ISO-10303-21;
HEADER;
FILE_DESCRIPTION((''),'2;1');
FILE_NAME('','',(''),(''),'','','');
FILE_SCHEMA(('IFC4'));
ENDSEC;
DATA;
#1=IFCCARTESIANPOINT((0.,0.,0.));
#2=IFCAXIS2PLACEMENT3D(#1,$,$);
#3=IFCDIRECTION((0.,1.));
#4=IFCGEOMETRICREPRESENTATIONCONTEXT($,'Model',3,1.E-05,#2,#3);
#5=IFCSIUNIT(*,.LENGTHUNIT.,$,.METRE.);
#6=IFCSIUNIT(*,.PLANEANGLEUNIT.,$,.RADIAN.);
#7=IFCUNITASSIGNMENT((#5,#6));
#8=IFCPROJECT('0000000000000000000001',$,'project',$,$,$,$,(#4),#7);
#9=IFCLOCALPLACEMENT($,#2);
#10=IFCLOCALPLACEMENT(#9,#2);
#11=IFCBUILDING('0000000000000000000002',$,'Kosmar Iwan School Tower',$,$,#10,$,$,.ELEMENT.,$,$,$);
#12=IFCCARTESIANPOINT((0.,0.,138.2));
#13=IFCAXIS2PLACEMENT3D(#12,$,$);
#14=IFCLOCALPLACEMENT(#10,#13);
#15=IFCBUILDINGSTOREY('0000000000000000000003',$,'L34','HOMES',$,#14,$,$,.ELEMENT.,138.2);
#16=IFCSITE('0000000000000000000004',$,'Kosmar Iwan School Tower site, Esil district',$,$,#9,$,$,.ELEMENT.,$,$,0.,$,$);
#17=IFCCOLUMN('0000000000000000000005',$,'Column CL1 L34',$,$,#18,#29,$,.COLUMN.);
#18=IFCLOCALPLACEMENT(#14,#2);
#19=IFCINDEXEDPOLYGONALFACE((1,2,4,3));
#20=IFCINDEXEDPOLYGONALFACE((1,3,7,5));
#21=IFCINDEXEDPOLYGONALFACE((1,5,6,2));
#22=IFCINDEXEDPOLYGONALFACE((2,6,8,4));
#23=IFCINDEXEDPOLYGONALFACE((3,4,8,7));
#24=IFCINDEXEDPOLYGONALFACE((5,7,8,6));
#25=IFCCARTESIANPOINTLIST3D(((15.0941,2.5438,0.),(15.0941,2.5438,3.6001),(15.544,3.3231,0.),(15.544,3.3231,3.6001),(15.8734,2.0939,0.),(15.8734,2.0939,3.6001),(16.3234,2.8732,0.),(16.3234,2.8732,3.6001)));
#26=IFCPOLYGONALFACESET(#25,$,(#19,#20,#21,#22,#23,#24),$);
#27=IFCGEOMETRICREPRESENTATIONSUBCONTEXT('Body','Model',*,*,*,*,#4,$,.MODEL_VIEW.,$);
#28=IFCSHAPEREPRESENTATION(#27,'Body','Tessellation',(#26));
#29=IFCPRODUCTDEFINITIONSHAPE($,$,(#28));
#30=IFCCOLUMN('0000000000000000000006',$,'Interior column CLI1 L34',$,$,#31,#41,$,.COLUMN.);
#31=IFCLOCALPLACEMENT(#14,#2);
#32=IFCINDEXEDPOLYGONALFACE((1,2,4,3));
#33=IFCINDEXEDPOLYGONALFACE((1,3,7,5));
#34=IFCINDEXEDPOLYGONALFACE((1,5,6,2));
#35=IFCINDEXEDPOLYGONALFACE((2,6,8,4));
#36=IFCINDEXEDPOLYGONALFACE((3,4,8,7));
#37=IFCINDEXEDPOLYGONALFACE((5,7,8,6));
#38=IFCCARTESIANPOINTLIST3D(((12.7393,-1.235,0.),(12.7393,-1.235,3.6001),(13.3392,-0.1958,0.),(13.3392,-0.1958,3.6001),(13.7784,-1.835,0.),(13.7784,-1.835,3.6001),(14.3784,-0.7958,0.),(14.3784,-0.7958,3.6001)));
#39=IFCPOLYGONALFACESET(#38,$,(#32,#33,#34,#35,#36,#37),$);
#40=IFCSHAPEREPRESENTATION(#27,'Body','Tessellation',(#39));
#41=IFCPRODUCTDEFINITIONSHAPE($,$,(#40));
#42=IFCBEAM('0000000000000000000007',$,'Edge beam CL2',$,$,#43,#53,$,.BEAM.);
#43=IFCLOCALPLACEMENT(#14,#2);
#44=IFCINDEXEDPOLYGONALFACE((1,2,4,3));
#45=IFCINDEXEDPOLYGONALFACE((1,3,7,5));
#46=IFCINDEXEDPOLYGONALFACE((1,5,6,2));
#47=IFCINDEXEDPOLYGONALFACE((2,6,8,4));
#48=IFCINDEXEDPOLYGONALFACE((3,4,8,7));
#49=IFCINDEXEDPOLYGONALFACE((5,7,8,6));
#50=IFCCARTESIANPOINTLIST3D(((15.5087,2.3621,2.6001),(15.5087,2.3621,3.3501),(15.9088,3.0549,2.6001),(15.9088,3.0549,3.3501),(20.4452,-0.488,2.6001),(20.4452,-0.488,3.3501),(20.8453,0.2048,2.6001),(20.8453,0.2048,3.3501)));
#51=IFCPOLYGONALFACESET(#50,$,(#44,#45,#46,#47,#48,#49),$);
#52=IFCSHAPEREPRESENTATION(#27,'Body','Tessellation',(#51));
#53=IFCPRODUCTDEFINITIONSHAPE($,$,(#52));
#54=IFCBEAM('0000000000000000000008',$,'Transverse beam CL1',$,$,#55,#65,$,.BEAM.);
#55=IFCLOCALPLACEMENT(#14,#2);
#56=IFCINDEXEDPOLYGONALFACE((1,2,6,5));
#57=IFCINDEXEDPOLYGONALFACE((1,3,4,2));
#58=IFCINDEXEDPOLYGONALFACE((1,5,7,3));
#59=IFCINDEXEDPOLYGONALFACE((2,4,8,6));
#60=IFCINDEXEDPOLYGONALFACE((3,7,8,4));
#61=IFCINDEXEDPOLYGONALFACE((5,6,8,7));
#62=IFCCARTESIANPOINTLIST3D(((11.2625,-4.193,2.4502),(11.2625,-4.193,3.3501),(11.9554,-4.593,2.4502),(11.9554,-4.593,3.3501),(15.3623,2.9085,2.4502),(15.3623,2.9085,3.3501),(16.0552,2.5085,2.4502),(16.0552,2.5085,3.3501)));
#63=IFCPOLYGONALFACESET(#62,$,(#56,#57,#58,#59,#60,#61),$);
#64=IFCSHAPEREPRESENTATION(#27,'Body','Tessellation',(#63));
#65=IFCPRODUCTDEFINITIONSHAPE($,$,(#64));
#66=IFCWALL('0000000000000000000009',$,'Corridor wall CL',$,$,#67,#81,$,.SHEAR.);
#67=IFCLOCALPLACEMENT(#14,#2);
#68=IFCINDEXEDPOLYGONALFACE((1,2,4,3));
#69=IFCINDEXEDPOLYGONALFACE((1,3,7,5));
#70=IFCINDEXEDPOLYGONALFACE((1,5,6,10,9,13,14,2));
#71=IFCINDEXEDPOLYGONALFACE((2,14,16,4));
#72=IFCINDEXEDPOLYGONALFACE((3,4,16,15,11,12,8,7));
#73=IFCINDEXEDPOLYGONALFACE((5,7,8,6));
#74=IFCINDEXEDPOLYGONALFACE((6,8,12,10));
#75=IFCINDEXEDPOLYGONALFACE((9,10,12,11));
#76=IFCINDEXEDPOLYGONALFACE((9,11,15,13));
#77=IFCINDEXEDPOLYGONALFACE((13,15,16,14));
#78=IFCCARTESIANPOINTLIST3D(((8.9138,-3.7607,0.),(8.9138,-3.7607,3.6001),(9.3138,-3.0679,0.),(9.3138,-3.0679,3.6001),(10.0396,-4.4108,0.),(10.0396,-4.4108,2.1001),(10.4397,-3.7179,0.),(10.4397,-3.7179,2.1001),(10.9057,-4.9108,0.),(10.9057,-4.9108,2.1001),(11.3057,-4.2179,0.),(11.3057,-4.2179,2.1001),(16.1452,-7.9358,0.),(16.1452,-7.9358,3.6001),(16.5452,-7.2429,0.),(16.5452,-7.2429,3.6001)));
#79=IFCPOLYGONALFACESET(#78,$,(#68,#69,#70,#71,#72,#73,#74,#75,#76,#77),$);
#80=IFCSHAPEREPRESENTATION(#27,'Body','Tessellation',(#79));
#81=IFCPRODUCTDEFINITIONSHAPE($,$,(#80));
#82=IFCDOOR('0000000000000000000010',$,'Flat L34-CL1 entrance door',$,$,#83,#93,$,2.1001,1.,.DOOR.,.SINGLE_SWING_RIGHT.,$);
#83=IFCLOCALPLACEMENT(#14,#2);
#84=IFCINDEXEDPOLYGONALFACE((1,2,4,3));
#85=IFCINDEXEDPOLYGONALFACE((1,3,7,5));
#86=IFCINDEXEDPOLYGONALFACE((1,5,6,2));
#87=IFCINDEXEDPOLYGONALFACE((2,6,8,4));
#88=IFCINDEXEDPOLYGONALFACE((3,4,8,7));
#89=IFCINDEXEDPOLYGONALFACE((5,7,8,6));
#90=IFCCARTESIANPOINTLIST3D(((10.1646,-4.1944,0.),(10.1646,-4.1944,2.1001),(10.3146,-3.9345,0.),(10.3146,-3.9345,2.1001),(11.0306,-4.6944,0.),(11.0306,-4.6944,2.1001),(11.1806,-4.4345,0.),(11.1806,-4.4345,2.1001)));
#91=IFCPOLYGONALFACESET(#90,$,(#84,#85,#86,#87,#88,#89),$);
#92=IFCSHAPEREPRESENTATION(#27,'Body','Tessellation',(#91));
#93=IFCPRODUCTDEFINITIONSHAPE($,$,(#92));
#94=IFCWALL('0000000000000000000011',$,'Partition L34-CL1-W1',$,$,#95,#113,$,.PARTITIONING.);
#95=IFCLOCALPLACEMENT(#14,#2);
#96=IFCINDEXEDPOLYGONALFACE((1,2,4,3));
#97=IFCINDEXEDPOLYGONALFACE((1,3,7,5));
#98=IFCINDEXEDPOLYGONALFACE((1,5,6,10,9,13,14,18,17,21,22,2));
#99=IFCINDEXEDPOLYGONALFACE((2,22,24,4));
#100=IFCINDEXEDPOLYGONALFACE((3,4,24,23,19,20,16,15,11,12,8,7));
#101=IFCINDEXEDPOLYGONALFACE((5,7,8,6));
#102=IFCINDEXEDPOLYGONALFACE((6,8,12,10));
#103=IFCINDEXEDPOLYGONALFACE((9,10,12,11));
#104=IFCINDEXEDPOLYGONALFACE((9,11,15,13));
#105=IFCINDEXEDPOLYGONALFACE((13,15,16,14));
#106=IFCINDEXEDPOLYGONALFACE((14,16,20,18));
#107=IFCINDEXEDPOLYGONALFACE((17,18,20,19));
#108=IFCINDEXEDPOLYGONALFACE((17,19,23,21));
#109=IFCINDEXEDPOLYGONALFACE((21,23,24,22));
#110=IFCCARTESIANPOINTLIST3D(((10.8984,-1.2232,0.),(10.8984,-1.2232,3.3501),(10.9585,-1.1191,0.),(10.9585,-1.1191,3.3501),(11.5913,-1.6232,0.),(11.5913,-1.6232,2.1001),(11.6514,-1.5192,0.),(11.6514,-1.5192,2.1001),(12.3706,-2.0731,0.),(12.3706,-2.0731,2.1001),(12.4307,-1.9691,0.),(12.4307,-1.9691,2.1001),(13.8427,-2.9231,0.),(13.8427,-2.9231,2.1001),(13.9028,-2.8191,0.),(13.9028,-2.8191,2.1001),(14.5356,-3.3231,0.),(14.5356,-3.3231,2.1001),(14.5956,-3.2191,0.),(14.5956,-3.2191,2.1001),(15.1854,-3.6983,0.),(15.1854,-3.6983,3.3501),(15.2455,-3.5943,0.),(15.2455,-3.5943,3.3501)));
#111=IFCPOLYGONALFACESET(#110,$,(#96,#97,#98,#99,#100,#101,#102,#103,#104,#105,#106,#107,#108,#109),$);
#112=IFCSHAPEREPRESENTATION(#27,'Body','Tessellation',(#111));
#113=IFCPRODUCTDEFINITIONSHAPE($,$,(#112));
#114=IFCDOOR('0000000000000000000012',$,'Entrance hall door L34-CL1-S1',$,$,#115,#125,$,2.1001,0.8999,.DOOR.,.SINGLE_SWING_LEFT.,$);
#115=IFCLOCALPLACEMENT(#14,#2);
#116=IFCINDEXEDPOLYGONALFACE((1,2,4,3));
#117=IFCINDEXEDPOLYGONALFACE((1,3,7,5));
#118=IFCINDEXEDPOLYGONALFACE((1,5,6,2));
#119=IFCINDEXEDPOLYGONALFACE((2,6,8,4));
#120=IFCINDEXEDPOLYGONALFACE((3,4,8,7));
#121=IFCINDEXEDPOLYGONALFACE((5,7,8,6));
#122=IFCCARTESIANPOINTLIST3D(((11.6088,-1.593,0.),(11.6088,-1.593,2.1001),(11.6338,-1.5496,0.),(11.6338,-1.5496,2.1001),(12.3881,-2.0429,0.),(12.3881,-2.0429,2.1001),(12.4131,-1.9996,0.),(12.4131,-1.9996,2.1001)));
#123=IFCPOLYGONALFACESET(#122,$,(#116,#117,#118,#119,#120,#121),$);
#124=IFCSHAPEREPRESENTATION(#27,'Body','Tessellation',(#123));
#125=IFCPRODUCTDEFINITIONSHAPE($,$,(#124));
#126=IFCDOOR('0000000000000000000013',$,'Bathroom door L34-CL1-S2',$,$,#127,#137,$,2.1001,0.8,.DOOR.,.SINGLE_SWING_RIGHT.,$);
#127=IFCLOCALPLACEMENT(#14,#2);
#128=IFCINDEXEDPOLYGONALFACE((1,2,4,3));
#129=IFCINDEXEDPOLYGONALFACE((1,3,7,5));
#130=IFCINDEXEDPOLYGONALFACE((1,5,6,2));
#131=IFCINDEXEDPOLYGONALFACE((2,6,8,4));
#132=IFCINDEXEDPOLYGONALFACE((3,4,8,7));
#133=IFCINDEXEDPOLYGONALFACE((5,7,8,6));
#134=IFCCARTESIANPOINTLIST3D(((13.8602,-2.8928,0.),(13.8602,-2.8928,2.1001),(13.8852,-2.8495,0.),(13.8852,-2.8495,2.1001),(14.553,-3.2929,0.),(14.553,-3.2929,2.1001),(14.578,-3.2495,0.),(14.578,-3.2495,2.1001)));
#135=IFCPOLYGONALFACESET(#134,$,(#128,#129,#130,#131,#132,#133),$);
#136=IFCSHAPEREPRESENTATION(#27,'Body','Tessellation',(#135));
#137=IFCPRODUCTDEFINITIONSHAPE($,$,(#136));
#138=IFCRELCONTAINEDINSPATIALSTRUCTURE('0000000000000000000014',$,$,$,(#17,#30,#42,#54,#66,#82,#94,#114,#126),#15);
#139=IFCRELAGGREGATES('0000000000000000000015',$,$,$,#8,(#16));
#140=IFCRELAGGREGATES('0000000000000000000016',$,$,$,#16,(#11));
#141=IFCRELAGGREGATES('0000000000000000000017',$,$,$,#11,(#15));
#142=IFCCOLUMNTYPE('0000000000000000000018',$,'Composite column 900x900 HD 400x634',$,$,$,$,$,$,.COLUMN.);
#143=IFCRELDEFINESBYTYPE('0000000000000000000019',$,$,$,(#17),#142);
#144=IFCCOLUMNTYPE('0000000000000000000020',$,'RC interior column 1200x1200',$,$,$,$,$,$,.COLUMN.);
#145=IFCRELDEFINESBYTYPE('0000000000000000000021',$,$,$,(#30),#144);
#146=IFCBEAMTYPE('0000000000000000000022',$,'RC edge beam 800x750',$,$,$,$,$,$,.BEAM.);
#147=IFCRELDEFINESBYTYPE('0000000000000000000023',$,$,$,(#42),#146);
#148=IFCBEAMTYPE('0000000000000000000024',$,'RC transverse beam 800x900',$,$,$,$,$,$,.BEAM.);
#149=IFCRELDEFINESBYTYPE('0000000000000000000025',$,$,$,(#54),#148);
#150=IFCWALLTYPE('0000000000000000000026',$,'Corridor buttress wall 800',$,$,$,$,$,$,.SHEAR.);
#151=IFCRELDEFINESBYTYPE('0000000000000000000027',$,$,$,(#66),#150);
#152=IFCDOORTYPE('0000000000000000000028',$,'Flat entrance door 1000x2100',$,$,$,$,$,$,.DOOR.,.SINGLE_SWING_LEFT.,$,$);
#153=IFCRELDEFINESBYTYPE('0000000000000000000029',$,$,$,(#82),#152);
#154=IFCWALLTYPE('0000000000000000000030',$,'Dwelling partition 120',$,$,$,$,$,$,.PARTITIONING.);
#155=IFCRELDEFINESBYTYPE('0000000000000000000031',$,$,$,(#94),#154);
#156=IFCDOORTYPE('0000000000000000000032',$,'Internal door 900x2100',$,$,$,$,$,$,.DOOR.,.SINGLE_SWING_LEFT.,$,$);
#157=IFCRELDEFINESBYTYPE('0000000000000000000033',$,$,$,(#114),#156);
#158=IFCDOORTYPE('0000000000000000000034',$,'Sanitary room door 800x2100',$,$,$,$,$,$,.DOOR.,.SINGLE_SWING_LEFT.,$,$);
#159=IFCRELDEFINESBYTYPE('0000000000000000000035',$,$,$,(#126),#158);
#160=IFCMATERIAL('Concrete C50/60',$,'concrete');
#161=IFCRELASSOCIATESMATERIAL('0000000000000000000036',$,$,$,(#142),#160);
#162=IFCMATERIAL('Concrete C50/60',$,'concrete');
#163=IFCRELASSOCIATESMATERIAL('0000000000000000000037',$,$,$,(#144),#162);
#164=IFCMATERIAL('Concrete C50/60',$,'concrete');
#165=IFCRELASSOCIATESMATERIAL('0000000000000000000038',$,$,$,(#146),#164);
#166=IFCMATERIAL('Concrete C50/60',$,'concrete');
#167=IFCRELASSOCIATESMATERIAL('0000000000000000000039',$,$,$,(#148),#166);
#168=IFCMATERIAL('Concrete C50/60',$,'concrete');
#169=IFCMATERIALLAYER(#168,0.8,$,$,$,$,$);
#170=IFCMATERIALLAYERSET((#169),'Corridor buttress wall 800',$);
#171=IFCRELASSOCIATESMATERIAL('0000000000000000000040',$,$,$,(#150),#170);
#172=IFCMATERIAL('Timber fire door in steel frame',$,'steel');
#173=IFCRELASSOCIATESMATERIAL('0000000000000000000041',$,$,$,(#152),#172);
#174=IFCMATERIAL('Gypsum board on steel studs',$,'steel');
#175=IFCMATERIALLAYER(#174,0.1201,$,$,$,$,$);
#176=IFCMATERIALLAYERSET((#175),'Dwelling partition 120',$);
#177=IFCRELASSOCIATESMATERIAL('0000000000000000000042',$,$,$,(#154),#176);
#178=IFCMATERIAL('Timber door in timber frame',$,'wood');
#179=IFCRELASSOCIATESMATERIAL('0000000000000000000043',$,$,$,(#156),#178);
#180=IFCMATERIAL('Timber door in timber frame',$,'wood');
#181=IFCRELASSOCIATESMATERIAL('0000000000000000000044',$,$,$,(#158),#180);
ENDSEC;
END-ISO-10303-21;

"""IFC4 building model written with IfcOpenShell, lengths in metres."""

from ifc_helpers import new_model, si_unit, direction, frame, frame_2d, origin, origin_2d, place, context, subcontext, project, spatial, rectangle, extrude, material, layer, layer_set, material_profile, profile_set, type_object, element, fill, save


model = new_model("IFC4")

# Units and contexts
model_context = context("Model", 3, precision=1e-05, world=origin(), true_north=direction((0.0, 1.0)))
body_context = subcontext(model_context, "Body", "Model", "MODEL_VIEW")
ifc_project = project(units=[si_unit("LENGTHUNIT", "METRE"), si_unit("PLANEANGLEUNIT", "RADIAN")], contexts=[model_context])

# Site, building, storey
site_placement = place(None, origin())
site = spatial("IfcSite", under=ifc_project, at=site_placement, Name="Kosmar Iwan School Tower site, Esil district", CompositionType="ELEMENT", RefElevation=0.0)
building_placement = place(site_placement, origin())
building = spatial("IfcBuilding", under=site, at=building_placement, Name="Kosmar Iwan School Tower", CompositionType="ELEMENT")
storey_placement = place(building_placement, frame((0.0, 0.0, 138.2)))
storey = spatial("IfcBuildingStorey", under=building, at=storey_placement, Name="L34", Description="HOMES", CompositionType="ELEMENT", Elevation=138.2)

# Columns
ifc_material_1 = material(Name="Concrete C50/60", Category="concrete")
ifc_material_profile_1 = material_profile(ifc_material_1, rectangle(XDim=0.8999, YDim=0.8999, at=origin_2d()), Name="RC 900x900 + HD 400x634")
ifc_profile_set_1 = profile_set([ifc_material_profile_1], Name="Concrete C50/60")
column_type_1 = type_object("IfcColumnType", Name="Composite column 900x900 HD 400x634", PredefinedType="COLUMN", material=ifc_profile_set_1)
column_1_placement = place(storey_placement, frame((15.7087, 2.7085, 0.0), z_axis=(0.0, 0.0, 1.0), x_axis=(0.866025, -0.5, 0.0)))
element("IfcColumn", 1, at=column_1_placement, inside=storey, type_object=column_type_1, Name="Column CL1 L34", PredefinedType="COLUMN", context=body_context, shape_type="SweptSolid", body=[
    extrude(rectangle(XDim=0.8999, YDim=0.8999, at=origin_2d()), origin(), (0.0, 0.0, 1.0), 3.6001),
])
ifc_material_2 = material(Name="Concrete C50/60", Category="concrete")
ifc_material_profile_2 = material_profile(ifc_material_2, rectangle(XDim=1.2, YDim=1.2, at=origin_2d()), Name="RC 1200x1200")
ifc_profile_set_2 = profile_set([ifc_material_profile_2], Name="Concrete C50/60")
column_type_2 = type_object("IfcColumnType", Name="RC interior column 1200x1200", PredefinedType="COLUMN", material=ifc_profile_set_2)
column_2_placement = place(storey_placement, frame((13.5588, -1.0154, 0.0), z_axis=(0.0, 0.0, 1.0), x_axis=(0.866025, -0.5, 0.0)))
element("IfcColumn", 2, at=column_2_placement, inside=storey, type_object=column_type_2, Name="Interior column CLI1 L34", PredefinedType="COLUMN", context=body_context, shape_type="SweptSolid", body=[
    extrude(rectangle(XDim=1.2, YDim=1.2, at=origin_2d()), origin(), (0.0, 0.0, 1.0), 3.6001),
])

# Beams
ifc_material_3 = material(Name="Concrete C50/60", Category="concrete")
ifc_material_profile_3 = material_profile(ifc_material_3, rectangle(XDim=0.8, YDim=0.75, at=origin_2d()), Name="RC 800x750")
ifc_profile_set_3 = profile_set([ifc_material_profile_3], Name="Concrete C50/60")
beam_type_1 = type_object("IfcBeamType", Name="RC edge beam 800x750", PredefinedType="BEAM", material=ifc_profile_set_3)
beam_1_placement = place(storey_placement, frame((15.7087, 2.7085, 2.9751), z_axis=(0.866026, -0.499999, 0.0), x_axis=(0.499999, 0.866026, 0.0)))
element("IfcBeam", 3, at=beam_1_placement, inside=storey, type_object=beam_type_1, Name="Edge beam CL2", PredefinedType="BEAM", context=body_context, shape_type="SweptSolid", body=[
    extrude(rectangle(XDim=0.8, YDim=0.75, at=origin_2d()), origin(), (0.0, 0.0, 1.0), 5.7002),
])
ifc_material_4 = material(Name="Concrete C50/60", Category="concrete")
ifc_material_profile_4 = material_profile(ifc_material_4, rectangle(XDim=0.8, YDim=0.8999, at=origin_2d()), Name="RC 800x900")
ifc_profile_set_4 = profile_set([ifc_material_profile_4], Name="Concrete C50/60")
beam_type_2 = type_object("IfcBeamType", Name="RC transverse beam 800x900", PredefinedType="BEAM", material=ifc_profile_set_4)
beam_2_placement = place(storey_placement, frame((15.7087, 2.7085, 2.9001), z_axis=(-0.499978, -0.866038, 0.0), x_axis=(0.866038, -0.499978, 0.0)))
element("IfcBeam", 4, at=beam_2_placement, inside=storey, type_object=beam_type_2, Name="Transverse beam CL1", PredefinedType="BEAM", context=body_context, shape_type="SweptSolid", body=[
    extrude(rectangle(XDim=0.8, YDim=0.8999, at=origin_2d()), origin(), (0.0, 0.0, 1.0), 8.2),
])

# Wall, opening, door
ifc_material_5 = material(Name="Concrete C50/60", Category="concrete")
ifc_layer_1 = layer(ifc_material_5, 0.8)
ifc_layer_set_1 = layer_set([ifc_layer_1], Name="Corridor buttress wall 800")
wall_type_1 = type_object("IfcWallType", Name="Corridor buttress wall 800", PredefinedType="SHEAR", material=ifc_layer_set_1)
wall_1_placement = place(storey_placement, frame((9.1138, -3.4143, 0.0), z_axis=(0.0, 0.0, 1.0), x_axis=(0.866027, -0.499997, 0.0)))
wall_1 = element("IfcWall", 5, at=wall_1_placement, inside=storey, type_object=wall_type_1, Name="Corridor wall CL", PredefinedType="SHEAR", context=body_context, shape_type="SweptSolid", body=[
    extrude(rectangle(XDim=8.3501, YDim=0.8, at=frame_2d((4.175, 0.0))), origin(), (0.0, 0.0, 1.0), 3.6001),
])
opening_1_placement = place(wall_1_placement, frame((1.3, 0.0, 0.0)))
opening_1 = element("IfcOpeningElement", 6, at=opening_1_placement, cuts=wall_1, PredefinedType="OPENING", context=body_context, shape_type="SweptSolid", body=[
    extrude(rectangle(XDim=1.0, YDim=2.1001, at=frame_2d((0.5, 1.05))), frame((0.0, 0.4121, 0.0), z_axis=(0.0, -1.0, 0.0), x_axis=(1.0, 0.0, 0.0)), (0.0, 0.0, 1.0), 0.824),
])
ifc_material_6 = material(Name="Timber fire door in steel frame", Category="steel")
door_type_1 = type_object("IfcDoorType", Name="Flat entrance door 1000x2100", OperationType="SINGLE_SWING_LEFT", PredefinedType="DOOR", material=ifc_material_6)
door_1_placement = place(opening_1_placement, origin())
door_1 = element("IfcDoor", 7, at=door_1_placement, inside=storey, type_object=door_type_1, Name="Flat L34-CL1 entrance door", OperationType="SINGLE_SWING_RIGHT", OverallHeight=2.1001, OverallWidth=1.0, PredefinedType="DOOR", context=body_context, shape_type="SweptSolid", body=[
    extrude(rectangle(XDim=1.0, YDim=2.1001, at=frame_2d((0.5, 1.05))), frame((0.0, 0.1499, 0.0), z_axis=(0.0, -1.0, 0.0), x_axis=(1.0, 0.0, 0.0)), (0.0, 0.0, 1.0), 0.3),
])
fill(opening_1, door_1)

# Wall, openings, doors
ifc_material_7 = material(Name="Gypsum board on steel studs", Category="steel")
ifc_layer_2 = layer(ifc_material_7, 0.1201)
ifc_layer_set_2 = layer_set([ifc_layer_2], Name="Dwelling partition 120")
wall_type_2 = type_object("IfcWallType", Name="Dwelling partition 120", PredefinedType="PARTITIONING", material=ifc_layer_set_2)
wall_2_placement = place(storey_placement, frame((10.9285, -1.1711, 0.0), z_axis=(0.0, 0.0, 1.0), x_axis=(0.866019, -0.500011, 0.0)))
wall_2 = element("IfcWall", 8, at=wall_2_placement, inside=storey, type_object=wall_type_2, Name="Partition L34-CL1-W1", PredefinedType="PARTITIONING", context=body_context, shape_type="SweptSolid", body=[
    extrude(rectangle(XDim=4.9502, YDim=0.1201, at=frame_2d((2.4751, 0.0))), origin(), (0.0, 0.0, 1.0), 3.3501),
])
opening_2_placement = place(wall_2_placement, frame((0.8, 0.0, 0.0)))
opening_2 = element("IfcOpeningElement", 9, at=opening_2_placement, cuts=wall_2, PredefinedType="OPENING", context=body_context, shape_type="SweptSolid", body=[
    extrude(rectangle(XDim=0.8999, YDim=2.1001, at=frame_2d((0.45, 1.05))), frame((0.0, 0.072, 0.0), z_axis=(0.0, -1.0, 0.0), x_axis=(1.0, 0.0, 0.0)), (0.0, 0.0, 1.0), 0.144),
])
opening_3_placement = place(wall_2_placement, frame((3.3999, 0.0, 0.0)))
opening_3 = element("IfcOpeningElement", 10, at=opening_3_placement, cuts=wall_2, PredefinedType="OPENING", context=body_context, shape_type="SweptSolid", body=[
    extrude(rectangle(XDim=0.8, YDim=2.1001, at=frame_2d((0.3999, 1.05))), frame((0.0, 0.072, 0.0), z_axis=(0.0, -1.0, 0.0), x_axis=(1.0, 0.0, 0.0)), (0.0, 0.0, 1.0), 0.144),
])
ifc_material_8 = material(Name="Timber door in timber frame", Category="wood")
door_type_2 = type_object("IfcDoorType", Name="Internal door 900x2100", OperationType="SINGLE_SWING_LEFT", PredefinedType="DOOR", material=ifc_material_8)
door_2_placement = place(opening_2_placement, origin())
door_2 = element("IfcDoor", 11, at=door_2_placement, inside=storey, type_object=door_type_2, Name="Entrance hall door L34-CL1-S1", OperationType="SINGLE_SWING_LEFT", OverallHeight=2.1001, OverallWidth=0.8999, PredefinedType="DOOR", context=body_context, shape_type="SweptSolid", body=[
    extrude(rectangle(XDim=0.8999, YDim=2.1001, at=frame_2d((0.45, 1.05))), frame((0.0, 0.0249, 0.0), z_axis=(0.0, -1.0, 0.0), x_axis=(1.0, 0.0, 0.0)), (0.0, 0.0, 1.0), 0.05),
])
fill(opening_2, door_2)
ifc_material_9 = material(Name="Timber door in timber frame", Category="wood")
door_type_3 = type_object("IfcDoorType", Name="Sanitary room door 800x2100", OperationType="SINGLE_SWING_LEFT", PredefinedType="DOOR", material=ifc_material_9)
door_3_placement = place(opening_3_placement, origin())
door_3 = element("IfcDoor", 12, at=door_3_placement, inside=storey, type_object=door_type_3, Name="Bathroom door L34-CL1-S2", OperationType="SINGLE_SWING_RIGHT", OverallHeight=2.1001, OverallWidth=0.8, PredefinedType="DOOR", context=body_context, shape_type="SweptSolid", body=[
    extrude(rectangle(XDim=0.8, YDim=2.1001, at=frame_2d((0.3999, 1.05))), frame((0.0, 0.0249, 0.0), z_axis=(0.0, -1.0, 0.0), x_axis=(1.0, 0.0, 0.0)), (0.0, 0.0, 1.0), 0.05),
])
fill(opening_3, door_3)

save(model, "model.ifc")
